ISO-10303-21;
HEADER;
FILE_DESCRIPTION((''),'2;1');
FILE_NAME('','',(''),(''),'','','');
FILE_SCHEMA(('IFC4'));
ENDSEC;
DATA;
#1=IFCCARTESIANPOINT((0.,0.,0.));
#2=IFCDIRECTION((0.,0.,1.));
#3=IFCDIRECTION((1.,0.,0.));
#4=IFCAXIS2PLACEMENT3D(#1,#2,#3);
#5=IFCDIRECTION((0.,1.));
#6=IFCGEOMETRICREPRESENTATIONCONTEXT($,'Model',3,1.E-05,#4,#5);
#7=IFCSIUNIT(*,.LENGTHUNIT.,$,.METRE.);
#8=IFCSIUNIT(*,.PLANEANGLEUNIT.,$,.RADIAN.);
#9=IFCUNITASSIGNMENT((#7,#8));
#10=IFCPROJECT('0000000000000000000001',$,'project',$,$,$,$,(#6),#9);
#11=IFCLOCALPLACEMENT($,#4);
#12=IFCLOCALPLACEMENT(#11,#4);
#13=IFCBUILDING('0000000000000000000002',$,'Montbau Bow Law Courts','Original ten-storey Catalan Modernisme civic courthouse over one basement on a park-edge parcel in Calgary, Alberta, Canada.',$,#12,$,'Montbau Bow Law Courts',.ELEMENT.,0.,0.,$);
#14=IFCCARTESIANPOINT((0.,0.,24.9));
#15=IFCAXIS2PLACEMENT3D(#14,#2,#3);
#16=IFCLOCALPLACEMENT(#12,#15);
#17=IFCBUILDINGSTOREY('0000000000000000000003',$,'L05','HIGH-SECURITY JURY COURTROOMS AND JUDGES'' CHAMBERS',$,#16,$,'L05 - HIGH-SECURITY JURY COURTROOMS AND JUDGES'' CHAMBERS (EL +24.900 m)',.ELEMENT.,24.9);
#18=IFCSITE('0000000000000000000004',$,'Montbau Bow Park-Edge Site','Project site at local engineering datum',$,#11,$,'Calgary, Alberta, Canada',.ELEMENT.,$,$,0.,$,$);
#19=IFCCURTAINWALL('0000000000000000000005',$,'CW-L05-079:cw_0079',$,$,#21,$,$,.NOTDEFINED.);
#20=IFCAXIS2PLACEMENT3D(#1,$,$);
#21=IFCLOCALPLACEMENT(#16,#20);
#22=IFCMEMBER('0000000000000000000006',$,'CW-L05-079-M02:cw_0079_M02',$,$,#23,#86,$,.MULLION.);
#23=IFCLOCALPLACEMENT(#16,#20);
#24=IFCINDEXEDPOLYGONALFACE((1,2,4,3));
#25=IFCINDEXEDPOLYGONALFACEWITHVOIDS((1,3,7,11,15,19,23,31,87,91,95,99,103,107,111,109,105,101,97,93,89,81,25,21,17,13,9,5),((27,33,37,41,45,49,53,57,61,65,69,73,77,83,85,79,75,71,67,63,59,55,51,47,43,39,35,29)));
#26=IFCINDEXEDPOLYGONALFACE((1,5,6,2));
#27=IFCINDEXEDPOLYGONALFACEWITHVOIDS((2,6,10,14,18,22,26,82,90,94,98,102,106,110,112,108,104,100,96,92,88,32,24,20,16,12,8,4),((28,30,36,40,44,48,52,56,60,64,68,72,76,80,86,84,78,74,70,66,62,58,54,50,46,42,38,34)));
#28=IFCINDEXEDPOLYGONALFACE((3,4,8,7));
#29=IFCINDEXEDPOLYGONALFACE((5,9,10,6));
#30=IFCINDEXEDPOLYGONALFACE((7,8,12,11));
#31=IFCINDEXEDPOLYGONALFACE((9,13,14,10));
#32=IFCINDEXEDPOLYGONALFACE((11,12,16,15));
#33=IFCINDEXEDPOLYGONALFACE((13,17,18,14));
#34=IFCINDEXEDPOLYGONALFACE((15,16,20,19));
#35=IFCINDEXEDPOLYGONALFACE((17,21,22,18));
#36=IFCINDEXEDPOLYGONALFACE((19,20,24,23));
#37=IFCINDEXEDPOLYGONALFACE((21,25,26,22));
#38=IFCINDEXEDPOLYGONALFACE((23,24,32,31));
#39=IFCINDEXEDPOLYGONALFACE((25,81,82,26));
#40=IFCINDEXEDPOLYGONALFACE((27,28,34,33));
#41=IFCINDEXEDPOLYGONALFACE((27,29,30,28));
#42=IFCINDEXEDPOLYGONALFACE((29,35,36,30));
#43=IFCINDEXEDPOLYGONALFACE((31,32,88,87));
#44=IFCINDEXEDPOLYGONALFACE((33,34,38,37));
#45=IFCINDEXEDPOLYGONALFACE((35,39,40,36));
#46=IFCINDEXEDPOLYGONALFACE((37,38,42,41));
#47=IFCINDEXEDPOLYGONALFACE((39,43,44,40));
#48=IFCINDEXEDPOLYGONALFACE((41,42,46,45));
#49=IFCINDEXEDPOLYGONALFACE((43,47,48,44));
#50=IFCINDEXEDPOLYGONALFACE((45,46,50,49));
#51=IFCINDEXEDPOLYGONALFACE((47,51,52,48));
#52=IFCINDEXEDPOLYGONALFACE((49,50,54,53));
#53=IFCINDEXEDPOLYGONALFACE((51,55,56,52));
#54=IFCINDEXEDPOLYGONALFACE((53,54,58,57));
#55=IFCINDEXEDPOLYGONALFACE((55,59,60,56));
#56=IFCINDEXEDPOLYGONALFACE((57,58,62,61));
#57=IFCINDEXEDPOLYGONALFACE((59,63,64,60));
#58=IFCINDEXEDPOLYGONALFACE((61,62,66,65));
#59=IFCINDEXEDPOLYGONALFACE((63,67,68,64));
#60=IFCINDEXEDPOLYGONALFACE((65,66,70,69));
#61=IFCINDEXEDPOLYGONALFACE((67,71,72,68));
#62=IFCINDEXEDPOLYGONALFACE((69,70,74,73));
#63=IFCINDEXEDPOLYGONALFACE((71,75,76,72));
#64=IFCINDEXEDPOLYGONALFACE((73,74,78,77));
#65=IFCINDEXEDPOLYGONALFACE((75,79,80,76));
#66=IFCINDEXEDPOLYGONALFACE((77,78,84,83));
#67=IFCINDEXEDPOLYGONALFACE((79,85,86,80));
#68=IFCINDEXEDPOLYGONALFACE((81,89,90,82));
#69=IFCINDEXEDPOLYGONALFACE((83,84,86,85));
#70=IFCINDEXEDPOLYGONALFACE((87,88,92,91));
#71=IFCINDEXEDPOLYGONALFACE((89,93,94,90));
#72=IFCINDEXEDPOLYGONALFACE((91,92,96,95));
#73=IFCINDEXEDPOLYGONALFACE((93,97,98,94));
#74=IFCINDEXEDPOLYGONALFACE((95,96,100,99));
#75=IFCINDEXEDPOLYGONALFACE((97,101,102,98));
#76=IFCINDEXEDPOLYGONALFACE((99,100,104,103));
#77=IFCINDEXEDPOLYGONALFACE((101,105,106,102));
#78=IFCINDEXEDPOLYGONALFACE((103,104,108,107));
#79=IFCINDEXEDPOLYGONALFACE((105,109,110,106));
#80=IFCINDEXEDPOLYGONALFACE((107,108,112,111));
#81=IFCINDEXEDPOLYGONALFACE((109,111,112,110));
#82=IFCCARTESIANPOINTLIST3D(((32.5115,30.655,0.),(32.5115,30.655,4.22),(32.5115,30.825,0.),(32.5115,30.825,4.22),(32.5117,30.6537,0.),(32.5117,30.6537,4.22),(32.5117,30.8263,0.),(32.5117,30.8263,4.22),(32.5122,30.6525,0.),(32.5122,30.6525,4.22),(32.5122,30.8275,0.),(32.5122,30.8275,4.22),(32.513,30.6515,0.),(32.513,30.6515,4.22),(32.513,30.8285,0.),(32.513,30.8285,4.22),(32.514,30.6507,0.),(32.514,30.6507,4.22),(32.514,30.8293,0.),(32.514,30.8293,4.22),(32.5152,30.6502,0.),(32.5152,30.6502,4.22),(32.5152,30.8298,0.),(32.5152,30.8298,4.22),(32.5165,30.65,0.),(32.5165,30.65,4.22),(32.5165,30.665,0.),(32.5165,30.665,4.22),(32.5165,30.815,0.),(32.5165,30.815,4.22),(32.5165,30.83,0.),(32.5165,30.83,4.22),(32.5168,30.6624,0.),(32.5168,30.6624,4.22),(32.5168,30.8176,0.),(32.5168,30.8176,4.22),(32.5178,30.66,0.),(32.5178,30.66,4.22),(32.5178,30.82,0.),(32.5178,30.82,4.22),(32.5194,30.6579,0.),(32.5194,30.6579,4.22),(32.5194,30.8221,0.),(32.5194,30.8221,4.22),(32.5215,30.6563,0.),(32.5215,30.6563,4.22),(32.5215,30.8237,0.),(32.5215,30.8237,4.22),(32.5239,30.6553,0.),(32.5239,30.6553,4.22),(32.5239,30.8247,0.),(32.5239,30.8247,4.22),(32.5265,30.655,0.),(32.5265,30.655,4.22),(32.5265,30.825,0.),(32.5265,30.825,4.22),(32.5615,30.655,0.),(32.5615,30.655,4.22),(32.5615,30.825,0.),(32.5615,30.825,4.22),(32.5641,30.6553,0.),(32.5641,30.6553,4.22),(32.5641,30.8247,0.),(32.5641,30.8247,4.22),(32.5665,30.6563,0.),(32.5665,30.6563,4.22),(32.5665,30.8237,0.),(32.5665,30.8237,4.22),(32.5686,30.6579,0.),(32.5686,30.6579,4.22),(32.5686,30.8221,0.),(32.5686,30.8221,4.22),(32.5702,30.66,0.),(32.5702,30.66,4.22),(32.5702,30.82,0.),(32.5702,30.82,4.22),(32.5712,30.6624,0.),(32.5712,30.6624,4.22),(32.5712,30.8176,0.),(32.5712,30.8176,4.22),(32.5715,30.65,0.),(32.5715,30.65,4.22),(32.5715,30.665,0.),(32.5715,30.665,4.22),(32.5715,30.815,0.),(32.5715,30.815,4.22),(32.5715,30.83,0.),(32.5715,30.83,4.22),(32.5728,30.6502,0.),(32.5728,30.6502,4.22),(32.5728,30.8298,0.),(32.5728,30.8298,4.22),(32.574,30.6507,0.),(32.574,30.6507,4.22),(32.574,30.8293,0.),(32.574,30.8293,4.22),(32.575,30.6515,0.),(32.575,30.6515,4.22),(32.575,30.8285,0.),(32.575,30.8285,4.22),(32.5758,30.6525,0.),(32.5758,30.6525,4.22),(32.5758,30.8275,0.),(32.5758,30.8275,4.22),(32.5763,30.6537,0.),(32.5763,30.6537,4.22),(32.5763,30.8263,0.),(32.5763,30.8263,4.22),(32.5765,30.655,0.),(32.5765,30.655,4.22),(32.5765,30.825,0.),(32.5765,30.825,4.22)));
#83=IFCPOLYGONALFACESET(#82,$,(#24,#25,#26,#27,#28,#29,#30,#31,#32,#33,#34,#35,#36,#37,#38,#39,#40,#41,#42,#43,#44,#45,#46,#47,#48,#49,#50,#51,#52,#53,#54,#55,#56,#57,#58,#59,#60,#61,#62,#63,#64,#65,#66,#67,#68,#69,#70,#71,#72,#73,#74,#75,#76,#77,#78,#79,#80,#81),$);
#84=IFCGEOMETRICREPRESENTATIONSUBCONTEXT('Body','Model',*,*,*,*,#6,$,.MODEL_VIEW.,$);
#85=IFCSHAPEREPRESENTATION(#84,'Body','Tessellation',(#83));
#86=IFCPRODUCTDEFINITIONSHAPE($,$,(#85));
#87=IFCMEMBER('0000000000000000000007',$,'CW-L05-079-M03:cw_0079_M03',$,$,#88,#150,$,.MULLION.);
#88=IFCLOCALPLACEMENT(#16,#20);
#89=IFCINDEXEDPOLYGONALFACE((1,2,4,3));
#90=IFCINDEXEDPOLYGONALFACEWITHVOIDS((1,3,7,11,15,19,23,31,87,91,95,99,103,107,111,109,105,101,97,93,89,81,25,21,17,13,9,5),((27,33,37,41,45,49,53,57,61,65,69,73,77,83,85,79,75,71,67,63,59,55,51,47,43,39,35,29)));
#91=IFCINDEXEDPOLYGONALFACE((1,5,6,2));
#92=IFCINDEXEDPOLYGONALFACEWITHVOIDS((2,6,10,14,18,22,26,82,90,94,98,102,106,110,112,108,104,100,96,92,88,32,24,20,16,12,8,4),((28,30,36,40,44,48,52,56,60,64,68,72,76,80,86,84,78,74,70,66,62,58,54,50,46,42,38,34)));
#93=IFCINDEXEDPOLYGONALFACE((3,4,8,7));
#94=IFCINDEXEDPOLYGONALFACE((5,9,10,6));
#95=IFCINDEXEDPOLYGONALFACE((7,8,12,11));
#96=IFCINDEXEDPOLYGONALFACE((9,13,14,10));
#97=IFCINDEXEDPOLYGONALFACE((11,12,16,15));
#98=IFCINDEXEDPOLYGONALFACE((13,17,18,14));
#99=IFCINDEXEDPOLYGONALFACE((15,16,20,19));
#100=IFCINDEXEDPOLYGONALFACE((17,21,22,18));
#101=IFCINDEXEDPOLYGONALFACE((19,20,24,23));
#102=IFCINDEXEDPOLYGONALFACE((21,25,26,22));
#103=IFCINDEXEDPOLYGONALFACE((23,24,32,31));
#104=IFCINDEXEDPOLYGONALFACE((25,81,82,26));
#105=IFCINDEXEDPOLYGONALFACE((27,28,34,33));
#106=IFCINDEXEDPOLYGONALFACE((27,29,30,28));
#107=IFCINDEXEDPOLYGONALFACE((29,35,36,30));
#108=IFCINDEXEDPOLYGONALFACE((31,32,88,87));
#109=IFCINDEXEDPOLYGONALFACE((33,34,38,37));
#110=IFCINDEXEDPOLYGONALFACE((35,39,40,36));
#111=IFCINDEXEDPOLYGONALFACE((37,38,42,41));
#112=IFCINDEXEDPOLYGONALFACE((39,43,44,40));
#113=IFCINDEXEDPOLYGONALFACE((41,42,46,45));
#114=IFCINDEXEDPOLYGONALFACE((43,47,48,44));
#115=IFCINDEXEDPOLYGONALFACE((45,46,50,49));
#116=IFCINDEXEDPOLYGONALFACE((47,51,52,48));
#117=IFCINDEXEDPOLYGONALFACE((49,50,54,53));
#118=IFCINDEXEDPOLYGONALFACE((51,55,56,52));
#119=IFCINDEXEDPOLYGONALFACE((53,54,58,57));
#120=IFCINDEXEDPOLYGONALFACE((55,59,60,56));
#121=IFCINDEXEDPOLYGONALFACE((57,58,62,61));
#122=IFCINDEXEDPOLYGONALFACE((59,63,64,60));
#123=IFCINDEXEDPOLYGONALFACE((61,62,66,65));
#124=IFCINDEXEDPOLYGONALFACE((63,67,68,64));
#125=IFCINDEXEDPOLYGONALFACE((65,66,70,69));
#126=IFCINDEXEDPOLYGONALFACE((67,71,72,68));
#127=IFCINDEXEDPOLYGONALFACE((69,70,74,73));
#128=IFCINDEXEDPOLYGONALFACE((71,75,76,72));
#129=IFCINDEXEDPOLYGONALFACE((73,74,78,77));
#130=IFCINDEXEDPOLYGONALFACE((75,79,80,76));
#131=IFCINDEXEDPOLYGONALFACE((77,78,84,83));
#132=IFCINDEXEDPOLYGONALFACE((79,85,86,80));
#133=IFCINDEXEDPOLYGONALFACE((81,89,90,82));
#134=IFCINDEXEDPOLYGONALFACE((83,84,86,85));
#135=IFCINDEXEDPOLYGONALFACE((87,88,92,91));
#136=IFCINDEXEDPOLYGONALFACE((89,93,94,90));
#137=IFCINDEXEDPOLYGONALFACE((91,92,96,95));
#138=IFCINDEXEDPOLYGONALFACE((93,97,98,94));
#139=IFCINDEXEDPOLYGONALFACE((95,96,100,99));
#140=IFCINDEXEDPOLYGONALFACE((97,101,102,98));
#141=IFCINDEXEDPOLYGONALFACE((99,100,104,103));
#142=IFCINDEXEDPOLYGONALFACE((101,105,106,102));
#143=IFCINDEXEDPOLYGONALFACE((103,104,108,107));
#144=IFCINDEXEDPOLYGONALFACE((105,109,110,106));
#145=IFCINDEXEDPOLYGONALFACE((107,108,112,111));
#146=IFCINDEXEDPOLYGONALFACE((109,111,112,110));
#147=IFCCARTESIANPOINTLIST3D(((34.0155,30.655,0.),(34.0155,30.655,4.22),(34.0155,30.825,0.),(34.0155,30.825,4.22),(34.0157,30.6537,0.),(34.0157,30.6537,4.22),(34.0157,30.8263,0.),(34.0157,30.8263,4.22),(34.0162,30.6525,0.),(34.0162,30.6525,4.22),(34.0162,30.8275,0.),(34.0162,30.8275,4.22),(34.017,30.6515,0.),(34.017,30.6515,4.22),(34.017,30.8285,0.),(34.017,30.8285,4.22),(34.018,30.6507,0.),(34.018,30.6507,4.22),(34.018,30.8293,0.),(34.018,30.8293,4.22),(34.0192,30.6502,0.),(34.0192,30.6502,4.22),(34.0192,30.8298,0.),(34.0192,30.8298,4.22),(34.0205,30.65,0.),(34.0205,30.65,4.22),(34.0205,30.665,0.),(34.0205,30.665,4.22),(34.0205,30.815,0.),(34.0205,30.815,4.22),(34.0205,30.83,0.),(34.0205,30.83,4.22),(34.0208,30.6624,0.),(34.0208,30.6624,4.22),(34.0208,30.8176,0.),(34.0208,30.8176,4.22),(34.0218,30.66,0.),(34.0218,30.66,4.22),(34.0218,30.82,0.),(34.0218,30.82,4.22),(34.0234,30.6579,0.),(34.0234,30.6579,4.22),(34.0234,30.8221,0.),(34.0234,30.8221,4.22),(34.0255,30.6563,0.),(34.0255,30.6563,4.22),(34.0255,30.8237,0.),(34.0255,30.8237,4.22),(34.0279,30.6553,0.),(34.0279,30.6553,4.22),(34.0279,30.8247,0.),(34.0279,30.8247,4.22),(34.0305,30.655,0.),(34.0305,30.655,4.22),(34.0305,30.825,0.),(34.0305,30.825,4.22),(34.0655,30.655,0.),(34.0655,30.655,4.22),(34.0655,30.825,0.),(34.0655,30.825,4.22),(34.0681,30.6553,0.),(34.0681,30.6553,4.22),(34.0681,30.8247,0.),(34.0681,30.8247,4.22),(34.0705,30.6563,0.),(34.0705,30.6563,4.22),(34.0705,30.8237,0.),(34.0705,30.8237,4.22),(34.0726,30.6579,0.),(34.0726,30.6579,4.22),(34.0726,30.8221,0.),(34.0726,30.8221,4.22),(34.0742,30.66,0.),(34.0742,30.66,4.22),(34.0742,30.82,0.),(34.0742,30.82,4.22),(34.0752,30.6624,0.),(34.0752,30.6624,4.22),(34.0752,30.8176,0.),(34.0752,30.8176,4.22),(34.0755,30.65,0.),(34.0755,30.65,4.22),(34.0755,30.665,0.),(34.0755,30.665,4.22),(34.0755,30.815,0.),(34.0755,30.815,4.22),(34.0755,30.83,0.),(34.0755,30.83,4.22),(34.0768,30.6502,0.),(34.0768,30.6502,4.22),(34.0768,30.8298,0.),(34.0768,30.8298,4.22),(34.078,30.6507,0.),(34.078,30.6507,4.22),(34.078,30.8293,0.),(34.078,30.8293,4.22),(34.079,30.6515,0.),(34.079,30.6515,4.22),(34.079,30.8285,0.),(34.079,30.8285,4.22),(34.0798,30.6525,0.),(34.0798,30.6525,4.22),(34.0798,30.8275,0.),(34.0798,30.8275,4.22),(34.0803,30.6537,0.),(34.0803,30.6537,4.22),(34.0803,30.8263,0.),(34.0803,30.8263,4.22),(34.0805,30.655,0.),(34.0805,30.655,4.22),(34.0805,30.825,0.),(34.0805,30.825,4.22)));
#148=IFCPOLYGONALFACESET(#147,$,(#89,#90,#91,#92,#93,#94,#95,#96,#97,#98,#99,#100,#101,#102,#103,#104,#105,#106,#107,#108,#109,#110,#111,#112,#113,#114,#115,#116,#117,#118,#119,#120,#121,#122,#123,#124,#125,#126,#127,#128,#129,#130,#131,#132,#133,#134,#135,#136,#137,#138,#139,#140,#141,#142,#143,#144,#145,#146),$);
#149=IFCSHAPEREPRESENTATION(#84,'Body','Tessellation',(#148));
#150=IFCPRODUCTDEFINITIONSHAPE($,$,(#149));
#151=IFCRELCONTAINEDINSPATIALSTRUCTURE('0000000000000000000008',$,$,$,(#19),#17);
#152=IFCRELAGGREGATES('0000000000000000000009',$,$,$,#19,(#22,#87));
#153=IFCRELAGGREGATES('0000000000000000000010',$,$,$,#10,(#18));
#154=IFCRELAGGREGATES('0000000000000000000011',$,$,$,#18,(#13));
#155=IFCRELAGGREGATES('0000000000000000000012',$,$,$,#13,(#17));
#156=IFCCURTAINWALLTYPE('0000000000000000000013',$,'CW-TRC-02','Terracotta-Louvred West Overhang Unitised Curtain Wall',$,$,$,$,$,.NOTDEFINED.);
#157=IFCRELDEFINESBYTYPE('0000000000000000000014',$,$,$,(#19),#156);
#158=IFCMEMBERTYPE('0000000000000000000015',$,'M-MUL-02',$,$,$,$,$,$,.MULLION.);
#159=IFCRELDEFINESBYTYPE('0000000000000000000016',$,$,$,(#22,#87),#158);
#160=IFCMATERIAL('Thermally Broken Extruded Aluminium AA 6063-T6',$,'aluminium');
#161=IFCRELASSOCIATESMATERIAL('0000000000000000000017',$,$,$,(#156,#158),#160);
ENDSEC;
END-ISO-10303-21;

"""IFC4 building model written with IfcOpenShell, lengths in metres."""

from ifc_helpers import new_model, si_unit, direction, frame, origin_with_axes, origin_2d_with_axis, place, context, subcontext, project, spatial, hollow_rectangle, extrude, material, material_profile, profile_set, type_object, element, aggregate, save


model = new_model("IFC4")

# Units and contexts
model_context = context("Model", 3, precision=1e-05, world=origin_with_axes(), true_north=direction((0.0, 1.0)))
body_context = subcontext(model_context, "Body", "Model", "MODEL_VIEW")
ifc_project = project(units=[si_unit("LENGTHUNIT", "METRE"), si_unit("PLANEANGLEUNIT", "RADIAN")], contexts=[model_context])

# Site, building, storey
site_placement = place(None, origin_with_axes())
site = spatial("IfcSite", under=ifc_project, at=site_placement, Name="Montbau Bow Park-Edge Site", Description="Project site at local engineering datum", LongName="Calgary, Alberta, Canada", CompositionType="ELEMENT", RefElevation=0.0)
building_placement = place(site_placement, origin_with_axes())
building = spatial("IfcBuilding", under=site, at=building_placement, Name="Montbau Bow Law Courts", Description="Original ten-storey Catalan Modernisme civic courthouse over one basement on a park-edge parcel in Calgary, Alberta, Canada.", LongName="Montbau Bow Law Courts", CompositionType="ELEMENT", ElevationOfRefHeight=0.0, ElevationOfTerrain=0.0)
storey_placement = place(building_placement, frame((0.0, 0.0, 24.9), z_axis=(0.0, 0.0, 1.0), x_axis=(1.0, 0.0, 0.0)))
storey = spatial("IfcBuildingStorey", under=building, at=storey_placement, Name="L05", Description="HIGH-SECURITY JURY COURTROOMS AND JUDGES' CHAMBERS", LongName="L05 - HIGH-SECURITY JURY COURTROOMS AND JUDGES' CHAMBERS (EL +24.900 m)", CompositionType="ELEMENT", Elevation=24.9)

# Shared definitions
ifc_material_1 = material(Name="Thermally Broken Extruded Aluminium AA 6063-T6", Category="aluminium")
curtain_wall_type = type_object("IfcCurtainWallType", Name="CW-TRC-02", Description="Terracotta-Louvred West Overhang Unitised Curtain Wall", PredefinedType="NOTDEFINED", material=ifc_material_1)

# Curtain wall, members
curtain_wall_1_placement = place(None, frame((31.04, 30.74, 24.9), z_axis=(0.0, 0.0, 1.0), x_axis=(1.0, 0.0, 0.0)))
curtain_wall_1 = element("IfcCurtainWall", 1, at=curtain_wall_1_placement, inside=storey, type_object=curtain_wall_type, Name="CW-L05-079:cw_0079", PredefinedType="NOTDEFINED")
ifc_material_profile_1 = material_profile(ifc_material_1, hollow_rectangle(XDim=0.065, YDim=0.18, WallThickness=0.005, InnerFilletRadius=0.01, OuterFilletRadius=0.005, at=origin_2d_with_axis()), Name="CWM-180X65", Category="Main", Priority=0)
ifc_profile_set_1 = profile_set([ifc_material_profile_1], Name="Thermally Broken Extruded Aluminium AA 6063-T6")
member_type_1 = type_object("IfcMemberType", Name="M-MUL-02", PredefinedType="MULLION", material=ifc_profile_set_1)
member_1_placement = place(None, frame((32.544, 30.74, 24.9), z_axis=(0.0, 0.0, 1.0), x_axis=(1.0, 0.0, 0.0)))
member_1 = element("IfcMember", 2, at=member_1_placement, type_object=member_type_1, Name="CW-L05-079-M02:cw_0079_M02", PredefinedType="MULLION", context=body_context, shape_type="SweptSolid", body=[
    extrude(hollow_rectangle(XDim=0.065, YDim=0.18, WallThickness=0.005, InnerFilletRadius=0.01, OuterFilletRadius=0.005, at=origin_2d_with_axis()), origin_with_axes(), (0.0, 0.0, 1.0), 4.22),
])
member_2_placement = place(None, frame((34.048, 30.74, 24.9), z_axis=(0.0, 0.0, 1.0), x_axis=(1.0, 0.0, 0.0)))
member_2 = element("IfcMember", 3, at=member_2_placement, type_object=member_type_1, Name="CW-L05-079-M03:cw_0079_M03", PredefinedType="MULLION", context=body_context, shape_type="SweptSolid", body=[
    extrude(hollow_rectangle(XDim=0.065, YDim=0.18, WallThickness=0.005, InnerFilletRadius=0.01, OuterFilletRadius=0.005, at=origin_2d_with_axis()), origin_with_axes(), (0.0, 0.0, 1.0), 4.22),
])

aggregate(curtain_wall_1, [member_1, member_2])

save(model, "model.ifc")
